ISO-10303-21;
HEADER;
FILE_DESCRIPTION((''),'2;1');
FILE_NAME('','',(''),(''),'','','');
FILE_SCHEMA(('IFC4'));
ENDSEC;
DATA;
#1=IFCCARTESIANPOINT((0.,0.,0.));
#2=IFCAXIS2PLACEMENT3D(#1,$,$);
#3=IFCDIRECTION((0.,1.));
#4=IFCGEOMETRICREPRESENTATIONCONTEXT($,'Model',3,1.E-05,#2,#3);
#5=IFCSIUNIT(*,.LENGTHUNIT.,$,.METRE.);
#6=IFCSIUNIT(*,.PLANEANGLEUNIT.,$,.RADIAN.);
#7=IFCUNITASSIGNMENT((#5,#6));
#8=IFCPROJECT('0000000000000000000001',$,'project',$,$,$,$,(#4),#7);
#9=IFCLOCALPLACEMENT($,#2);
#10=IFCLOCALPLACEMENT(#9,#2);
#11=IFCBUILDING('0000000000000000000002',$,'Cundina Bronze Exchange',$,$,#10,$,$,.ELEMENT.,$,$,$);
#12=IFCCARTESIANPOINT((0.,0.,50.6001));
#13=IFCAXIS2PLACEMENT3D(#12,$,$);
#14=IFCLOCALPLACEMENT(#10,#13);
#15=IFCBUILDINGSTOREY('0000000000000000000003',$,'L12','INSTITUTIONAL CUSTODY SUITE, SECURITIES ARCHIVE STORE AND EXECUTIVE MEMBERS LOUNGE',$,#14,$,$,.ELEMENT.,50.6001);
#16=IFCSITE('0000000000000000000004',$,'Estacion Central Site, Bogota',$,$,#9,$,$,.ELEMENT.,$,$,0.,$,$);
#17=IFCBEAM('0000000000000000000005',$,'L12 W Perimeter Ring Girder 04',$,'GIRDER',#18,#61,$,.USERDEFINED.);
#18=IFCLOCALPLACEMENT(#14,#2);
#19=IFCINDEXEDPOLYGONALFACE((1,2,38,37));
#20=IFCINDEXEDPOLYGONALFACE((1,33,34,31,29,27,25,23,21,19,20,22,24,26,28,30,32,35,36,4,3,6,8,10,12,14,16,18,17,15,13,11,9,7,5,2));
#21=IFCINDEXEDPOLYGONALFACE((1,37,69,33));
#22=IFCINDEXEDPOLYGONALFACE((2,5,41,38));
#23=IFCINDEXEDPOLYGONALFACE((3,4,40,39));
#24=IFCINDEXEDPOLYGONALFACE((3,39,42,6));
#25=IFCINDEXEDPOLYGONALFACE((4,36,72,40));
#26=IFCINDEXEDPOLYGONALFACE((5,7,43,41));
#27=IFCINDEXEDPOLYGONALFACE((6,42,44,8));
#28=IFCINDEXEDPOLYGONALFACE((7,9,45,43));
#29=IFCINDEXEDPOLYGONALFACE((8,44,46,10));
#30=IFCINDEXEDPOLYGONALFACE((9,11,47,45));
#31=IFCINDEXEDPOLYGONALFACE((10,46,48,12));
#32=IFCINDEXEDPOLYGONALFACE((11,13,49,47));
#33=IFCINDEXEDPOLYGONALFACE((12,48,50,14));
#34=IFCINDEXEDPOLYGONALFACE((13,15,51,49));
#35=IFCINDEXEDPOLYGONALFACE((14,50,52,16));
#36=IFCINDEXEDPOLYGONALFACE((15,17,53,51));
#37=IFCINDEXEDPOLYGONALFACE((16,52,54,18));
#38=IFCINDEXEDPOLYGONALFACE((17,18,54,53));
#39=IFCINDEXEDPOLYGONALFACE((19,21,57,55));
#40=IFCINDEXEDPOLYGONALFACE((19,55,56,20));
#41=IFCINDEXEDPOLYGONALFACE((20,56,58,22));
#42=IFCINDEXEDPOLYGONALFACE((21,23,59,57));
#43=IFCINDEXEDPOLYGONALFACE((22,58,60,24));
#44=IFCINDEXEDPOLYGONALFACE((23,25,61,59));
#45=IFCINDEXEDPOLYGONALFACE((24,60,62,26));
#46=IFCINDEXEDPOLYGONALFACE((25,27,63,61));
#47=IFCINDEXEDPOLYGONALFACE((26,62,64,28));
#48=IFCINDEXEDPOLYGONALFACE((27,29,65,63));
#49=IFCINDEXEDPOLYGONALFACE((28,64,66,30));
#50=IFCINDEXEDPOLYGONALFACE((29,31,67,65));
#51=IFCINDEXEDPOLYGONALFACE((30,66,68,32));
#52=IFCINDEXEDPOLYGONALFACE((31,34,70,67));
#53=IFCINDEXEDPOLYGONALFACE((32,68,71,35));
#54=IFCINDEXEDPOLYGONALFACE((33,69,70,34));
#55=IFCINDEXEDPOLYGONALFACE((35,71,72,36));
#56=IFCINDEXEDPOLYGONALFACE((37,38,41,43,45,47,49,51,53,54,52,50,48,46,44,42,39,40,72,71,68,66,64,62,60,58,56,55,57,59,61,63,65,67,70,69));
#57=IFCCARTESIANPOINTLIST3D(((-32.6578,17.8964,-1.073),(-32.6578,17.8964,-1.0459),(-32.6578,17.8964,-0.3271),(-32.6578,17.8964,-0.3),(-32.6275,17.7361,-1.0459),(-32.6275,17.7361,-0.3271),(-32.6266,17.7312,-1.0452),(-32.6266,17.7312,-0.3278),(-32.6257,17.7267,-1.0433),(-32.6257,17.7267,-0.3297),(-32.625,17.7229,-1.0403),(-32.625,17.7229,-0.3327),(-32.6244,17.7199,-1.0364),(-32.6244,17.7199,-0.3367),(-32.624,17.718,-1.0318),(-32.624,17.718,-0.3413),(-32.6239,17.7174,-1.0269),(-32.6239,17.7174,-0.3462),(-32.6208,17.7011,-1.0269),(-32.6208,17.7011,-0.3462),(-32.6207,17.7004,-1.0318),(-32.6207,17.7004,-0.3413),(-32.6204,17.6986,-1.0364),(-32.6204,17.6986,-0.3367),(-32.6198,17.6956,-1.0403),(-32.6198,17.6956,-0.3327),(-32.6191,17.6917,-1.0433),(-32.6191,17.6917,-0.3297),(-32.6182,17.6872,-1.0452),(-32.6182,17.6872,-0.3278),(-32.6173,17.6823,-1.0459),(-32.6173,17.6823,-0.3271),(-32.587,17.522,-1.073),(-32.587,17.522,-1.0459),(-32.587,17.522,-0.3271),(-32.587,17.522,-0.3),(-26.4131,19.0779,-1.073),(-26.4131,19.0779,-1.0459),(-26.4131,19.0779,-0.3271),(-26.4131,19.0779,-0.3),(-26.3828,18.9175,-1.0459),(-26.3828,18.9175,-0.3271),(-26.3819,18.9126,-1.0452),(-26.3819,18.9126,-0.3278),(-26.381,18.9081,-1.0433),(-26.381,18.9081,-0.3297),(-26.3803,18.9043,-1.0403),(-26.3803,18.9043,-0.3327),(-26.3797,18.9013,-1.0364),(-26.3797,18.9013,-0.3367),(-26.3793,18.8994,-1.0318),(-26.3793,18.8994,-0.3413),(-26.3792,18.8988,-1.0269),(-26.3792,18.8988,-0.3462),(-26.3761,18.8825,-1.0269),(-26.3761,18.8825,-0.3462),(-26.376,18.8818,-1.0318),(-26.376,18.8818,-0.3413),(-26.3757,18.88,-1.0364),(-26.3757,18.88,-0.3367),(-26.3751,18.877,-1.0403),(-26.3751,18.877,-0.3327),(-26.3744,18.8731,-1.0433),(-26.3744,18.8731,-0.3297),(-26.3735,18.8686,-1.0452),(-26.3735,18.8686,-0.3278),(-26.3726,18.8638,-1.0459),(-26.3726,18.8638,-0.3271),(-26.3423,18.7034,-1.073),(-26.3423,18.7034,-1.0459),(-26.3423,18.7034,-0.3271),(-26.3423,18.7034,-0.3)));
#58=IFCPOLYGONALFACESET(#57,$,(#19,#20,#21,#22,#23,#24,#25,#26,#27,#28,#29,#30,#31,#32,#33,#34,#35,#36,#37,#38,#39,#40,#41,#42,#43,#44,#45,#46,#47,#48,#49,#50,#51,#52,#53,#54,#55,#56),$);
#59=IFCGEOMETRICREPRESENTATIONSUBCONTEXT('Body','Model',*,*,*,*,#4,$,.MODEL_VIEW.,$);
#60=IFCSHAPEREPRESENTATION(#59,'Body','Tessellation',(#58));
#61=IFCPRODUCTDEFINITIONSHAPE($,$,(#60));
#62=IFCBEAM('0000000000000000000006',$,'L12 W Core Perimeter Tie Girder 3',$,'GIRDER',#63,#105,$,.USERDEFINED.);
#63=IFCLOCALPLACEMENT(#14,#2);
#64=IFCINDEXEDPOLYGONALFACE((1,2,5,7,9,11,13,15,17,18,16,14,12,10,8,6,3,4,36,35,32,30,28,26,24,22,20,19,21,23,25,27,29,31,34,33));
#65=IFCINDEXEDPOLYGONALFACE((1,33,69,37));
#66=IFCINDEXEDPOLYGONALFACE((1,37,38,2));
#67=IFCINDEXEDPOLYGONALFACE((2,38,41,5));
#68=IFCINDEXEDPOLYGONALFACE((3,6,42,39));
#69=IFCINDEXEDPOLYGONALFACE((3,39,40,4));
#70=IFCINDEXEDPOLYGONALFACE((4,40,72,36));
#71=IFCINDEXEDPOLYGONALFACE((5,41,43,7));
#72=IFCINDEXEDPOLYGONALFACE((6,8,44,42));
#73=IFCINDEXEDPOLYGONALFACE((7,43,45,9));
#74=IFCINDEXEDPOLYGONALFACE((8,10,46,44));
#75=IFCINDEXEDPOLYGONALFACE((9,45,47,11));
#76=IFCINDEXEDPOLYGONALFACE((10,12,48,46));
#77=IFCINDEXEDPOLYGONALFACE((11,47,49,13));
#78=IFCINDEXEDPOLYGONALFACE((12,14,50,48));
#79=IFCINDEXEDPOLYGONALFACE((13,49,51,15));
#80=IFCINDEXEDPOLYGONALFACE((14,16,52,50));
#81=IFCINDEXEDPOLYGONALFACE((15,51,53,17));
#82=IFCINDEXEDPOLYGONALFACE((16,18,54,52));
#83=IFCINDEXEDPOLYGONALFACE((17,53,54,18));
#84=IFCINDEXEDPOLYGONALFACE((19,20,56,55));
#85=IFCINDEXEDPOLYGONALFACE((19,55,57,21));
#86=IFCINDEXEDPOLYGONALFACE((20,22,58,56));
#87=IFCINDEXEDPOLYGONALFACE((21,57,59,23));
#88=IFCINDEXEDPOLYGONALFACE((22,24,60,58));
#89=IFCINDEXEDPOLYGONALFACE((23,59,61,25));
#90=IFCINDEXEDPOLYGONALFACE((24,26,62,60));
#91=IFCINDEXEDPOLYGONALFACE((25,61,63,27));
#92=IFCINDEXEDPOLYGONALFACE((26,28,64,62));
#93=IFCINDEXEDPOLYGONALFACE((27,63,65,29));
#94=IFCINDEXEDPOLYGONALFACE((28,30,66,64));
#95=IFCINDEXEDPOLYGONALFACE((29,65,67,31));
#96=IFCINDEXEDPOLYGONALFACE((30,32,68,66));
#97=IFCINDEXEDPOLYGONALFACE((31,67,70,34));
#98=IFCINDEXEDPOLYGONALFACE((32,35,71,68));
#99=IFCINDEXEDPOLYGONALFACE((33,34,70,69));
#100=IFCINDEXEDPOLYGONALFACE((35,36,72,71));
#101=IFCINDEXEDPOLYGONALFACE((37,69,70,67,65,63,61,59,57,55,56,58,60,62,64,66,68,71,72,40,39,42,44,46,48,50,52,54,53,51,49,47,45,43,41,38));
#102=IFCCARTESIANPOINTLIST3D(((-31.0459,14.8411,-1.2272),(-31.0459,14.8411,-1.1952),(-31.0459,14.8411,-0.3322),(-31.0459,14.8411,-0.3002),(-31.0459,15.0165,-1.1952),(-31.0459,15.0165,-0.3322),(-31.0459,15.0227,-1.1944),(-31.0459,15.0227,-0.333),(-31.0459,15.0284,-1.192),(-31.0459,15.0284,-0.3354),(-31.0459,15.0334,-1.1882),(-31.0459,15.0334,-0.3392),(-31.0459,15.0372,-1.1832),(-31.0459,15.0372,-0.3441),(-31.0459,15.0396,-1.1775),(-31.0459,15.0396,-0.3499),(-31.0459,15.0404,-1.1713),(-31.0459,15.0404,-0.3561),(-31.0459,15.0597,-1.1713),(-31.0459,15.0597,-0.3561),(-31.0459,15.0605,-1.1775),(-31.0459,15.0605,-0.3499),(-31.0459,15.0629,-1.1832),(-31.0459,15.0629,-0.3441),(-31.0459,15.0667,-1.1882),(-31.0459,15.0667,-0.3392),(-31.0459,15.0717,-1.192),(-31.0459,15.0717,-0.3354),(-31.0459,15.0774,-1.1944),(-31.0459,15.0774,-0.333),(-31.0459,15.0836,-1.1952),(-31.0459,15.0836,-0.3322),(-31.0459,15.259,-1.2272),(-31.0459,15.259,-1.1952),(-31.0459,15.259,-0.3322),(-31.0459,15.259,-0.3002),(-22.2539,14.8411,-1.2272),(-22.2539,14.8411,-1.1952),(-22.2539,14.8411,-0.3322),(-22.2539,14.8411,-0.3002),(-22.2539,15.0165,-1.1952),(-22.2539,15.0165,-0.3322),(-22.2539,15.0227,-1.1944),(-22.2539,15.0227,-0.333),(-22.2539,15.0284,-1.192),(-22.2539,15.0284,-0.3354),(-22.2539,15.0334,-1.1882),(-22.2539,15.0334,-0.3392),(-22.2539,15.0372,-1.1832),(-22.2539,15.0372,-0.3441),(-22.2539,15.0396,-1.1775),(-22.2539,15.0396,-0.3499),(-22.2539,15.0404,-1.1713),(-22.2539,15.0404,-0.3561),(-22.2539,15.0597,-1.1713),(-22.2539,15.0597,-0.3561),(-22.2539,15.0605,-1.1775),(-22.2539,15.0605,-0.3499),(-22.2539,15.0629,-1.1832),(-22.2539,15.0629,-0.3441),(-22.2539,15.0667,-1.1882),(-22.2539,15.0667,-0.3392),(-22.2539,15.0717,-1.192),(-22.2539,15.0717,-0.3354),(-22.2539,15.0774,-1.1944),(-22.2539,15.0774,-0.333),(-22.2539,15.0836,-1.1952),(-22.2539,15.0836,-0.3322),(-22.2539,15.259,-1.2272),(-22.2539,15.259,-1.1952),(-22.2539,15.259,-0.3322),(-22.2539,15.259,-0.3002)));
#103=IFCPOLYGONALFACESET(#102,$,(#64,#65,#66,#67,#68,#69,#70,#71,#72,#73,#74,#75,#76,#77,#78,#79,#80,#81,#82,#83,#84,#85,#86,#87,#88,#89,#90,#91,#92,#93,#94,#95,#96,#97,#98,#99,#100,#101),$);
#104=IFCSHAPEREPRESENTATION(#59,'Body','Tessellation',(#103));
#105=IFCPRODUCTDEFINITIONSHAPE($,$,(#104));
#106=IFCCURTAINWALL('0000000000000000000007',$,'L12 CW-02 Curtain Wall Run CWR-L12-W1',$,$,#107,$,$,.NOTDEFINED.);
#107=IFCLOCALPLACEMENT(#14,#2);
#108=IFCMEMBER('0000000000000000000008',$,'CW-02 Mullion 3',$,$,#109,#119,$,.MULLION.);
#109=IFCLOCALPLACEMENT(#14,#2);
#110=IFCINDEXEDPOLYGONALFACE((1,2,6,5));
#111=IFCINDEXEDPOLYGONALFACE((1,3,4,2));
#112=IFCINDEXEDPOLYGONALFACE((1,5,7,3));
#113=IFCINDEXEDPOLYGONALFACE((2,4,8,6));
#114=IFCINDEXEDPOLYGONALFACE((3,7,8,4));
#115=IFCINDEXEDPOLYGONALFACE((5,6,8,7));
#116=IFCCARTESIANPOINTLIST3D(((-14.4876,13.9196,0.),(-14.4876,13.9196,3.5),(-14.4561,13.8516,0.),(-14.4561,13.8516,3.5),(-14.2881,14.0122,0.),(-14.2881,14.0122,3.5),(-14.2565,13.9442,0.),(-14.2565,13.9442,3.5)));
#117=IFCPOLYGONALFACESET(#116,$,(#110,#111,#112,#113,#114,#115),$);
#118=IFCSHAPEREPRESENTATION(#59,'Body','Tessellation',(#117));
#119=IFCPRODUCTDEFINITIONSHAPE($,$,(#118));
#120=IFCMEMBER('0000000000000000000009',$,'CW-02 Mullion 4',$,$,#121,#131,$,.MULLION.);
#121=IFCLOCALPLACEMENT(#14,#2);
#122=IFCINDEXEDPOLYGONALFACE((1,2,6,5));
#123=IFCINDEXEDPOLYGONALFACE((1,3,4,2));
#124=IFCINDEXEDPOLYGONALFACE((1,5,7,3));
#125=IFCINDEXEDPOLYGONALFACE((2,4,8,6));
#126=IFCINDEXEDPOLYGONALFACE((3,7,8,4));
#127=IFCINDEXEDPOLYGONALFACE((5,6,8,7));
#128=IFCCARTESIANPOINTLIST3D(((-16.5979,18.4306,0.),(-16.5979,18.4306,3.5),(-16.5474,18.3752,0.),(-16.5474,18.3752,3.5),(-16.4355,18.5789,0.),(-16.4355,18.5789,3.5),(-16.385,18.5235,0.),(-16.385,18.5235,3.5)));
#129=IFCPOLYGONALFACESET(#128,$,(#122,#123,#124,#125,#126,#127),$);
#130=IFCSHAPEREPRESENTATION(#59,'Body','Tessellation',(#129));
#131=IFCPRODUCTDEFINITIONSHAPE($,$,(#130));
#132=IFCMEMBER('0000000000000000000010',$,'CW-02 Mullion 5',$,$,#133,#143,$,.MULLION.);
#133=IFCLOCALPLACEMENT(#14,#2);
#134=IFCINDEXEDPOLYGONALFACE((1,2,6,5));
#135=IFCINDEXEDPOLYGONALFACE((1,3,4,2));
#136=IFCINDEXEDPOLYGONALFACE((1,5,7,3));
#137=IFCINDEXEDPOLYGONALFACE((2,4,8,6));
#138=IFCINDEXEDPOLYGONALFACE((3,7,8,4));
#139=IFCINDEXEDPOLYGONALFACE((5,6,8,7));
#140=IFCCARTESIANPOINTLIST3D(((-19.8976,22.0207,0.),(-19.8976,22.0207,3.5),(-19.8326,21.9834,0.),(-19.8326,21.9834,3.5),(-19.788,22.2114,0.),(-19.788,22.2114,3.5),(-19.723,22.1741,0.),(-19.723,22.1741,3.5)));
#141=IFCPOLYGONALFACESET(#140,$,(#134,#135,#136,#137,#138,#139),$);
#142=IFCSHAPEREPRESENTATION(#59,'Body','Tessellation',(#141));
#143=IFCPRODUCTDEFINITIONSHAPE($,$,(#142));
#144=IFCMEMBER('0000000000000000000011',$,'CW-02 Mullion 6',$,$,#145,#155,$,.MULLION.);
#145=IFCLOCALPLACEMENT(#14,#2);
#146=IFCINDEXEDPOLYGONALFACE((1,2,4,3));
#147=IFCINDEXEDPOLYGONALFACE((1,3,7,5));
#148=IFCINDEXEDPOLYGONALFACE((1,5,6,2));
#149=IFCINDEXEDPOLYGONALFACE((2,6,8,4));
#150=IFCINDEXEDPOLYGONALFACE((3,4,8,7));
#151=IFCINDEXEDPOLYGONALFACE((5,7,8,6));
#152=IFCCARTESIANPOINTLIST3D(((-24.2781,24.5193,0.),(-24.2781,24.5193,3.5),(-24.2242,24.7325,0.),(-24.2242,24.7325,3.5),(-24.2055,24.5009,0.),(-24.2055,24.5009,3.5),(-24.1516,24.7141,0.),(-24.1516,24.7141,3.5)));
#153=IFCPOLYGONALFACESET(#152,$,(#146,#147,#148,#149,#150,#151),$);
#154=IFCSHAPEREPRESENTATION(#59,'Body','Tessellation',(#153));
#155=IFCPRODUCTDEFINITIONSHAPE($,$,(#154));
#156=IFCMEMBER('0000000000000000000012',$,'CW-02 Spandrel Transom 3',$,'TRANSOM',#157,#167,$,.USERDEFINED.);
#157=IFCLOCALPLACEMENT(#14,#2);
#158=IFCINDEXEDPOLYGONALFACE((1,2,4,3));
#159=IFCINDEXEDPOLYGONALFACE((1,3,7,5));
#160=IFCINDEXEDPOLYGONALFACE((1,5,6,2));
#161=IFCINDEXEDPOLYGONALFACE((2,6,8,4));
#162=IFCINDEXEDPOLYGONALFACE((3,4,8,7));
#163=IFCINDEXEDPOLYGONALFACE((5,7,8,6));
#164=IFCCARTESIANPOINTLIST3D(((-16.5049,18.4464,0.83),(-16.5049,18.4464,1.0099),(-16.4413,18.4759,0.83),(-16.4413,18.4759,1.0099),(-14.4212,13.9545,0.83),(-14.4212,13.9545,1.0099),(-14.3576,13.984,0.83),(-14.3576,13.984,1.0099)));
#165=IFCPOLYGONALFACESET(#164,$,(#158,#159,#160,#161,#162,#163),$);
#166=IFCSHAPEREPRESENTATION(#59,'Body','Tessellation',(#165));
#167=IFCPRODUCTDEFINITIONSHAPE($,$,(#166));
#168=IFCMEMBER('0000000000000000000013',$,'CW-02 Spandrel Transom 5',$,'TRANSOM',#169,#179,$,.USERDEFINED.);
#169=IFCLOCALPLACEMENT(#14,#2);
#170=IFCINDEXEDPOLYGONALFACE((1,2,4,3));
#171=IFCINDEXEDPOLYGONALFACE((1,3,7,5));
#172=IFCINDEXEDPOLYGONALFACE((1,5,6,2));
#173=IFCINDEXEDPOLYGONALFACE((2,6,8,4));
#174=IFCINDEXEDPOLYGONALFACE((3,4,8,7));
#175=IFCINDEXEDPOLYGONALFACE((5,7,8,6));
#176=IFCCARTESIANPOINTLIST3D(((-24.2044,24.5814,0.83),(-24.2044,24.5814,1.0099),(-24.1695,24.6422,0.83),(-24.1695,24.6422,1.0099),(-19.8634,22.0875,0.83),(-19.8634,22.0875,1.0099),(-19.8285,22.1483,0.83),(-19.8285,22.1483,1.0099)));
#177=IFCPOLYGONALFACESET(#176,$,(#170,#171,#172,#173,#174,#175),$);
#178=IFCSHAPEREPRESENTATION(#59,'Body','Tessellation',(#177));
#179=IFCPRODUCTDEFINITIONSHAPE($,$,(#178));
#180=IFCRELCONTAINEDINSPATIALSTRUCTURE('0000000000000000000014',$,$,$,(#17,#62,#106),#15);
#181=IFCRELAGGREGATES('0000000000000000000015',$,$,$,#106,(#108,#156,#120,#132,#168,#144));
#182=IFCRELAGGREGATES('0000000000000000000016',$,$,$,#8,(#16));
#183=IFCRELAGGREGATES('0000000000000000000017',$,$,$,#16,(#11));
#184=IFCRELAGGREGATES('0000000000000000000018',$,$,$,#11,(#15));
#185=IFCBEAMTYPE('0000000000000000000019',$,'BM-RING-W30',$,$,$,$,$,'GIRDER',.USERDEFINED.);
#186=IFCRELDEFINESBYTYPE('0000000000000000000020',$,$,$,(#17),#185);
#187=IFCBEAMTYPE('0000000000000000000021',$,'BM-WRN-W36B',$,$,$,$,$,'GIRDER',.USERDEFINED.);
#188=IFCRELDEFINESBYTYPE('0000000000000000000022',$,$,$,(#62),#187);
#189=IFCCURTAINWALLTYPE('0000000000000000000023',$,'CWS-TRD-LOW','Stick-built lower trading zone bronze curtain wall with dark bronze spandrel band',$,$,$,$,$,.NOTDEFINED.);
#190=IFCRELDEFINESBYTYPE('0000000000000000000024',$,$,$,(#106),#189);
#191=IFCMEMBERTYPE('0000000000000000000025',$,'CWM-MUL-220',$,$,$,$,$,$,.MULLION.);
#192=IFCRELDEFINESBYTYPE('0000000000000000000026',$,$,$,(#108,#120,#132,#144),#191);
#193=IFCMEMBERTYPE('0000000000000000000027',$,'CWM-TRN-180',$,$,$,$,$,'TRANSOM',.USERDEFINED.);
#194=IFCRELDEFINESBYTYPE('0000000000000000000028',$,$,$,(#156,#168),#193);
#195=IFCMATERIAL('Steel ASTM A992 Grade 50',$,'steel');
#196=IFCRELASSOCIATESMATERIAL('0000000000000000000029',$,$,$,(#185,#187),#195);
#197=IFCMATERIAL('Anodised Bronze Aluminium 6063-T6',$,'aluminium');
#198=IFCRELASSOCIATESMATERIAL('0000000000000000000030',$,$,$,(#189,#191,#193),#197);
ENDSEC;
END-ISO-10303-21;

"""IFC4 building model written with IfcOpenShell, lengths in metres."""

from ifc_helpers import new_model, si_unit, direction, frame, origin, origin_2d, place, context, subcontext, project, spatial, rectangle, i_section, extrude, material, material_profile, profile_set, type_object, element, aggregate, save


model = new_model("IFC4")

# Units and contexts
model_context = context("Model", 3, precision=1e-05, world=origin(), true_north=direction((0.0, 1.0)))
body_context = subcontext(model_context, "Body", "Model", "MODEL_VIEW")
ifc_project = project(units=[si_unit("LENGTHUNIT", "METRE"), si_unit("PLANEANGLEUNIT", "RADIAN")], contexts=[model_context])

# Site, building, storey
site_placement = place(None, origin())
site = spatial("IfcSite", under=ifc_project, at=site_placement, Name="Estacion Central Site, Bogota", CompositionType="ELEMENT", RefElevation=0.0)
building_placement = place(site_placement, origin())
building = spatial("IfcBuilding", under=site, at=building_placement, Name="Cundina Bronze Exchange", CompositionType="ELEMENT")
storey_placement = place(building_placement, frame((0.0, 0.0, 50.6001)))
storey = spatial("IfcBuildingStorey", under=building, at=storey_placement, Name="L12", Description="INSTITUTIONAL CUSTODY SUITE, SECURITIES ARCHIVE STORE AND EXECUTIVE MEMBERS LOUNGE", CompositionType="ELEMENT", Elevation=50.6001)

# Shared definitions
ifc_material_1 = material(Name="Steel ASTM A992 Grade 50", Category="steel")

# Beams
ifc_material_profile_1 = material_profile(ifc_material_1, i_section(OverallWidth=0.3811, OverallDepth=0.7729, WebThickness=0.0166, FlangeThickness=0.0271, FilletRadius=0.019, at=origin_2d()), Name="W30X173", Category="steel")
ifc_profile_set_1 = profile_set([ifc_material_profile_1], Name="Steel ASTM A992 Grade 50")
beam_type_1 = type_object("IfcBeamType", Name="BM-RING-W30", ElementType="GIRDER", PredefinedType="USERDEFINED", material=ifc_profile_set_1)
beam_1_placement = place(storey_placement, frame((-26.3777, 18.8906, -0.6865), z_axis=(-0.982571, -0.185889, 0.0), x_axis=(0.185889, -0.982571, 0.0)))
element("IfcBeam", 1, at=beam_1_placement, inside=storey, type_object=beam_type_1, Name="L12 W Perimeter Ring Girder 04", ObjectType="GIRDER", PredefinedType="USERDEFINED", context=body_context, shape_type="SweptSolid", body=[
    extrude(i_section(OverallWidth=0.3811, OverallDepth=0.7729, WebThickness=0.0166, FlangeThickness=0.0271, FilletRadius=0.019, at=origin_2d()), origin(), (0.0, 0.0, 1.0), 6.3555),
])
ifc_material_profile_2 = material_profile(ifc_material_1, i_section(OverallWidth=0.418, OverallDepth=0.927, WebThickness=0.0193, FlangeThickness=0.032, FilletRadius=0.0239, at=origin_2d()), Name="W36X231", Category="steel")
ifc_profile_set_2 = profile_set([ifc_material_profile_2], Name="Steel ASTM A992 Grade 50")
beam_type_2 = type_object("IfcBeamType", Name="BM-WRN-W36B", ElementType="GIRDER", PredefinedType="USERDEFINED", material=ifc_profile_set_2)
beam_2_placement = place(storey_placement, frame((-22.2539, 15.05, -0.7637), z_axis=(-1.0, 0.0, 0.0), x_axis=(0.0, -1.0, 0.0)))
element("IfcBeam", 2, at=beam_2_placement, inside=storey, type_object=beam_type_2, Name="L12 W Core Perimeter Tie Girder 3", ObjectType="GIRDER", PredefinedType="USERDEFINED", context=body_context, shape_type="SweptSolid", body=[
    extrude(i_section(OverallWidth=0.418, OverallDepth=0.927, WebThickness=0.0193, FlangeThickness=0.032, FilletRadius=0.0239, at=origin_2d()), origin(), (0.0, 0.0, 1.0), 8.792),
])

# Curtain wall, members
ifc_material_2 = material(Name="Anodised Bronze Aluminium 6063-T6", Category="aluminium")
curtain_wall_type = type_object("IfcCurtainWallType", Name="CWS-TRD-LOW", Description="Stick-built lower trading zone bronze curtain wall with dark bronze spandrel band", PredefinedType="NOTDEFINED", material=ifc_material_2)
curtain_wall_placement = place(storey_placement, origin())
curtain_wall = element("IfcCurtainWall", 3, at=curtain_wall_placement, inside=storey, type_object=curtain_wall_type, Name="L12 CW-02 Curtain Wall Run CWR-L12-W1", PredefinedType="NOTDEFINED")
ifc_material_profile_3 = material_profile(ifc_material_2, rectangle(XDim=0.075, YDim=0.22, at=origin_2d()), Name="AL75X220", Category="aluminium")
ifc_profile_set_3 = profile_set([ifc_material_profile_3], Name="Anodised Bronze Aluminium 6063-T6")
member_type_1 = type_object("IfcMemberType", Name="CWM-MUL-220", PredefinedType="MULLION", material=ifc_profile_set_3)
member_1_placement = place(storey_placement, frame((-14.3721, 13.9319, 0.0), z_axis=(0.0, 0.0, 1.0), x_axis=(-0.420877, 0.907117, 0.0)))
member_1 = element("IfcMember", 4, at=member_1_placement, type_object=member_type_1, Name="CW-02 Mullion 3", PredefinedType="MULLION", context=body_context, shape_type="SweptSolid", body=[
    extrude(rectangle(XDim=0.075, YDim=0.22, at=origin_2d()), origin(), (0.0, 0.0, 1.0), 3.5),
])
member_2_placement = place(storey_placement, frame((-16.4915, 18.4771, 0.0), z_axis=(0.0, 0.0, 1.0), x_axis=(-0.674302, 0.738455, 0.0)))
member_2 = element("IfcMember", 5, at=member_2_placement, type_object=member_type_1, Name="CW-02 Mullion 4", PredefinedType="MULLION", context=body_context, shape_type="SweptSolid", body=[
    extrude(rectangle(XDim=0.075, YDim=0.22, at=origin_2d()), origin(), (0.0, 0.0, 1.0), 3.5),
])
member_3_placement = place(storey_placement, frame((-19.8103, 22.0974, 0.0), z_axis=(0.0, 0.0, 1.0), x_axis=(-0.867071, 0.498185, 0.0)))
member_3 = element("IfcMember", 6, at=member_3_placement, type_object=member_type_1, Name="CW-02 Mullion 5", PredefinedType="MULLION", context=body_context, shape_type="SweptSolid", body=[
    extrude(rectangle(XDim=0.075, YDim=0.22, at=origin_2d()), origin(), (0.0, 0.0, 1.0), 3.5),
])
member_4_placement = place(storey_placement, frame((-24.2148, 24.6167, 0.0), z_axis=(0.0, 0.0, 1.0), x_axis=(-0.969488, 0.245138, 0.0)))
member_4 = element("IfcMember", 7, at=member_4_placement, type_object=member_type_1, Name="CW-02 Mullion 6", PredefinedType="MULLION", context=body_context, shape_type="SweptSolid", body=[
    extrude(rectangle(XDim=0.075, YDim=0.22, at=origin_2d()), origin(), (0.0, 0.0, 1.0), 3.5),
])
ifc_material_profile_4 = material_profile(ifc_material_2, rectangle(XDim=0.0701, YDim=0.1799, at=origin_2d()), Name="AL70X180", Category="aluminium")
ifc_profile_set_4 = profile_set([ifc_material_profile_4], Name="Anodised Bronze Aluminium 6063-T6")
member_type_2 = type_object("IfcMemberType", Name="CWM-TRN-180", ElementType="TRANSOM", PredefinedType="USERDEFINED", material=ifc_profile_set_4)
member_5_placement = place(storey_placement, frame((-14.3894, 13.9692, 0.9199), z_axis=(-0.420811, 0.907148, 0.0), x_axis=(-0.907148, -0.420811, 0.0)))
member_5 = element("IfcMember", 8, at=member_5_placement, type_object=member_type_2, Name="CW-02 Spandrel Transom 3", ObjectType="TRANSOM", PredefinedType="USERDEFINED", context=body_context, shape_type="SweptSolid", body=[
    extrude(rectangle(XDim=0.0701, YDim=0.1799, at=origin_2d()), origin(), (0.0, 0.0, 1.0), 4.9517),
])
member_6_placement = place(storey_placement, frame((-19.8459, 22.1179, 0.9199), z_axis=(-0.867097, 0.498139, 0.0), x_axis=(-0.498139, -0.867097, 0.0)))
member_6 = element("IfcMember", 9, at=member_6_placement, type_object=member_type_2, Name="CW-02 Spandrel Transom 5", ObjectType="TRANSOM", PredefinedType="USERDEFINED", context=body_context, shape_type="SweptSolid", body=[
    extrude(rectangle(XDim=0.0701, YDim=0.1799, at=origin_2d()), origin(), (0.0, 0.0, 1.0), 5.0063),
])
aggregate(curtain_wall, [member_1, member_5, member_2, member_3, member_6, member_4])

save(model, "model.ifc")
